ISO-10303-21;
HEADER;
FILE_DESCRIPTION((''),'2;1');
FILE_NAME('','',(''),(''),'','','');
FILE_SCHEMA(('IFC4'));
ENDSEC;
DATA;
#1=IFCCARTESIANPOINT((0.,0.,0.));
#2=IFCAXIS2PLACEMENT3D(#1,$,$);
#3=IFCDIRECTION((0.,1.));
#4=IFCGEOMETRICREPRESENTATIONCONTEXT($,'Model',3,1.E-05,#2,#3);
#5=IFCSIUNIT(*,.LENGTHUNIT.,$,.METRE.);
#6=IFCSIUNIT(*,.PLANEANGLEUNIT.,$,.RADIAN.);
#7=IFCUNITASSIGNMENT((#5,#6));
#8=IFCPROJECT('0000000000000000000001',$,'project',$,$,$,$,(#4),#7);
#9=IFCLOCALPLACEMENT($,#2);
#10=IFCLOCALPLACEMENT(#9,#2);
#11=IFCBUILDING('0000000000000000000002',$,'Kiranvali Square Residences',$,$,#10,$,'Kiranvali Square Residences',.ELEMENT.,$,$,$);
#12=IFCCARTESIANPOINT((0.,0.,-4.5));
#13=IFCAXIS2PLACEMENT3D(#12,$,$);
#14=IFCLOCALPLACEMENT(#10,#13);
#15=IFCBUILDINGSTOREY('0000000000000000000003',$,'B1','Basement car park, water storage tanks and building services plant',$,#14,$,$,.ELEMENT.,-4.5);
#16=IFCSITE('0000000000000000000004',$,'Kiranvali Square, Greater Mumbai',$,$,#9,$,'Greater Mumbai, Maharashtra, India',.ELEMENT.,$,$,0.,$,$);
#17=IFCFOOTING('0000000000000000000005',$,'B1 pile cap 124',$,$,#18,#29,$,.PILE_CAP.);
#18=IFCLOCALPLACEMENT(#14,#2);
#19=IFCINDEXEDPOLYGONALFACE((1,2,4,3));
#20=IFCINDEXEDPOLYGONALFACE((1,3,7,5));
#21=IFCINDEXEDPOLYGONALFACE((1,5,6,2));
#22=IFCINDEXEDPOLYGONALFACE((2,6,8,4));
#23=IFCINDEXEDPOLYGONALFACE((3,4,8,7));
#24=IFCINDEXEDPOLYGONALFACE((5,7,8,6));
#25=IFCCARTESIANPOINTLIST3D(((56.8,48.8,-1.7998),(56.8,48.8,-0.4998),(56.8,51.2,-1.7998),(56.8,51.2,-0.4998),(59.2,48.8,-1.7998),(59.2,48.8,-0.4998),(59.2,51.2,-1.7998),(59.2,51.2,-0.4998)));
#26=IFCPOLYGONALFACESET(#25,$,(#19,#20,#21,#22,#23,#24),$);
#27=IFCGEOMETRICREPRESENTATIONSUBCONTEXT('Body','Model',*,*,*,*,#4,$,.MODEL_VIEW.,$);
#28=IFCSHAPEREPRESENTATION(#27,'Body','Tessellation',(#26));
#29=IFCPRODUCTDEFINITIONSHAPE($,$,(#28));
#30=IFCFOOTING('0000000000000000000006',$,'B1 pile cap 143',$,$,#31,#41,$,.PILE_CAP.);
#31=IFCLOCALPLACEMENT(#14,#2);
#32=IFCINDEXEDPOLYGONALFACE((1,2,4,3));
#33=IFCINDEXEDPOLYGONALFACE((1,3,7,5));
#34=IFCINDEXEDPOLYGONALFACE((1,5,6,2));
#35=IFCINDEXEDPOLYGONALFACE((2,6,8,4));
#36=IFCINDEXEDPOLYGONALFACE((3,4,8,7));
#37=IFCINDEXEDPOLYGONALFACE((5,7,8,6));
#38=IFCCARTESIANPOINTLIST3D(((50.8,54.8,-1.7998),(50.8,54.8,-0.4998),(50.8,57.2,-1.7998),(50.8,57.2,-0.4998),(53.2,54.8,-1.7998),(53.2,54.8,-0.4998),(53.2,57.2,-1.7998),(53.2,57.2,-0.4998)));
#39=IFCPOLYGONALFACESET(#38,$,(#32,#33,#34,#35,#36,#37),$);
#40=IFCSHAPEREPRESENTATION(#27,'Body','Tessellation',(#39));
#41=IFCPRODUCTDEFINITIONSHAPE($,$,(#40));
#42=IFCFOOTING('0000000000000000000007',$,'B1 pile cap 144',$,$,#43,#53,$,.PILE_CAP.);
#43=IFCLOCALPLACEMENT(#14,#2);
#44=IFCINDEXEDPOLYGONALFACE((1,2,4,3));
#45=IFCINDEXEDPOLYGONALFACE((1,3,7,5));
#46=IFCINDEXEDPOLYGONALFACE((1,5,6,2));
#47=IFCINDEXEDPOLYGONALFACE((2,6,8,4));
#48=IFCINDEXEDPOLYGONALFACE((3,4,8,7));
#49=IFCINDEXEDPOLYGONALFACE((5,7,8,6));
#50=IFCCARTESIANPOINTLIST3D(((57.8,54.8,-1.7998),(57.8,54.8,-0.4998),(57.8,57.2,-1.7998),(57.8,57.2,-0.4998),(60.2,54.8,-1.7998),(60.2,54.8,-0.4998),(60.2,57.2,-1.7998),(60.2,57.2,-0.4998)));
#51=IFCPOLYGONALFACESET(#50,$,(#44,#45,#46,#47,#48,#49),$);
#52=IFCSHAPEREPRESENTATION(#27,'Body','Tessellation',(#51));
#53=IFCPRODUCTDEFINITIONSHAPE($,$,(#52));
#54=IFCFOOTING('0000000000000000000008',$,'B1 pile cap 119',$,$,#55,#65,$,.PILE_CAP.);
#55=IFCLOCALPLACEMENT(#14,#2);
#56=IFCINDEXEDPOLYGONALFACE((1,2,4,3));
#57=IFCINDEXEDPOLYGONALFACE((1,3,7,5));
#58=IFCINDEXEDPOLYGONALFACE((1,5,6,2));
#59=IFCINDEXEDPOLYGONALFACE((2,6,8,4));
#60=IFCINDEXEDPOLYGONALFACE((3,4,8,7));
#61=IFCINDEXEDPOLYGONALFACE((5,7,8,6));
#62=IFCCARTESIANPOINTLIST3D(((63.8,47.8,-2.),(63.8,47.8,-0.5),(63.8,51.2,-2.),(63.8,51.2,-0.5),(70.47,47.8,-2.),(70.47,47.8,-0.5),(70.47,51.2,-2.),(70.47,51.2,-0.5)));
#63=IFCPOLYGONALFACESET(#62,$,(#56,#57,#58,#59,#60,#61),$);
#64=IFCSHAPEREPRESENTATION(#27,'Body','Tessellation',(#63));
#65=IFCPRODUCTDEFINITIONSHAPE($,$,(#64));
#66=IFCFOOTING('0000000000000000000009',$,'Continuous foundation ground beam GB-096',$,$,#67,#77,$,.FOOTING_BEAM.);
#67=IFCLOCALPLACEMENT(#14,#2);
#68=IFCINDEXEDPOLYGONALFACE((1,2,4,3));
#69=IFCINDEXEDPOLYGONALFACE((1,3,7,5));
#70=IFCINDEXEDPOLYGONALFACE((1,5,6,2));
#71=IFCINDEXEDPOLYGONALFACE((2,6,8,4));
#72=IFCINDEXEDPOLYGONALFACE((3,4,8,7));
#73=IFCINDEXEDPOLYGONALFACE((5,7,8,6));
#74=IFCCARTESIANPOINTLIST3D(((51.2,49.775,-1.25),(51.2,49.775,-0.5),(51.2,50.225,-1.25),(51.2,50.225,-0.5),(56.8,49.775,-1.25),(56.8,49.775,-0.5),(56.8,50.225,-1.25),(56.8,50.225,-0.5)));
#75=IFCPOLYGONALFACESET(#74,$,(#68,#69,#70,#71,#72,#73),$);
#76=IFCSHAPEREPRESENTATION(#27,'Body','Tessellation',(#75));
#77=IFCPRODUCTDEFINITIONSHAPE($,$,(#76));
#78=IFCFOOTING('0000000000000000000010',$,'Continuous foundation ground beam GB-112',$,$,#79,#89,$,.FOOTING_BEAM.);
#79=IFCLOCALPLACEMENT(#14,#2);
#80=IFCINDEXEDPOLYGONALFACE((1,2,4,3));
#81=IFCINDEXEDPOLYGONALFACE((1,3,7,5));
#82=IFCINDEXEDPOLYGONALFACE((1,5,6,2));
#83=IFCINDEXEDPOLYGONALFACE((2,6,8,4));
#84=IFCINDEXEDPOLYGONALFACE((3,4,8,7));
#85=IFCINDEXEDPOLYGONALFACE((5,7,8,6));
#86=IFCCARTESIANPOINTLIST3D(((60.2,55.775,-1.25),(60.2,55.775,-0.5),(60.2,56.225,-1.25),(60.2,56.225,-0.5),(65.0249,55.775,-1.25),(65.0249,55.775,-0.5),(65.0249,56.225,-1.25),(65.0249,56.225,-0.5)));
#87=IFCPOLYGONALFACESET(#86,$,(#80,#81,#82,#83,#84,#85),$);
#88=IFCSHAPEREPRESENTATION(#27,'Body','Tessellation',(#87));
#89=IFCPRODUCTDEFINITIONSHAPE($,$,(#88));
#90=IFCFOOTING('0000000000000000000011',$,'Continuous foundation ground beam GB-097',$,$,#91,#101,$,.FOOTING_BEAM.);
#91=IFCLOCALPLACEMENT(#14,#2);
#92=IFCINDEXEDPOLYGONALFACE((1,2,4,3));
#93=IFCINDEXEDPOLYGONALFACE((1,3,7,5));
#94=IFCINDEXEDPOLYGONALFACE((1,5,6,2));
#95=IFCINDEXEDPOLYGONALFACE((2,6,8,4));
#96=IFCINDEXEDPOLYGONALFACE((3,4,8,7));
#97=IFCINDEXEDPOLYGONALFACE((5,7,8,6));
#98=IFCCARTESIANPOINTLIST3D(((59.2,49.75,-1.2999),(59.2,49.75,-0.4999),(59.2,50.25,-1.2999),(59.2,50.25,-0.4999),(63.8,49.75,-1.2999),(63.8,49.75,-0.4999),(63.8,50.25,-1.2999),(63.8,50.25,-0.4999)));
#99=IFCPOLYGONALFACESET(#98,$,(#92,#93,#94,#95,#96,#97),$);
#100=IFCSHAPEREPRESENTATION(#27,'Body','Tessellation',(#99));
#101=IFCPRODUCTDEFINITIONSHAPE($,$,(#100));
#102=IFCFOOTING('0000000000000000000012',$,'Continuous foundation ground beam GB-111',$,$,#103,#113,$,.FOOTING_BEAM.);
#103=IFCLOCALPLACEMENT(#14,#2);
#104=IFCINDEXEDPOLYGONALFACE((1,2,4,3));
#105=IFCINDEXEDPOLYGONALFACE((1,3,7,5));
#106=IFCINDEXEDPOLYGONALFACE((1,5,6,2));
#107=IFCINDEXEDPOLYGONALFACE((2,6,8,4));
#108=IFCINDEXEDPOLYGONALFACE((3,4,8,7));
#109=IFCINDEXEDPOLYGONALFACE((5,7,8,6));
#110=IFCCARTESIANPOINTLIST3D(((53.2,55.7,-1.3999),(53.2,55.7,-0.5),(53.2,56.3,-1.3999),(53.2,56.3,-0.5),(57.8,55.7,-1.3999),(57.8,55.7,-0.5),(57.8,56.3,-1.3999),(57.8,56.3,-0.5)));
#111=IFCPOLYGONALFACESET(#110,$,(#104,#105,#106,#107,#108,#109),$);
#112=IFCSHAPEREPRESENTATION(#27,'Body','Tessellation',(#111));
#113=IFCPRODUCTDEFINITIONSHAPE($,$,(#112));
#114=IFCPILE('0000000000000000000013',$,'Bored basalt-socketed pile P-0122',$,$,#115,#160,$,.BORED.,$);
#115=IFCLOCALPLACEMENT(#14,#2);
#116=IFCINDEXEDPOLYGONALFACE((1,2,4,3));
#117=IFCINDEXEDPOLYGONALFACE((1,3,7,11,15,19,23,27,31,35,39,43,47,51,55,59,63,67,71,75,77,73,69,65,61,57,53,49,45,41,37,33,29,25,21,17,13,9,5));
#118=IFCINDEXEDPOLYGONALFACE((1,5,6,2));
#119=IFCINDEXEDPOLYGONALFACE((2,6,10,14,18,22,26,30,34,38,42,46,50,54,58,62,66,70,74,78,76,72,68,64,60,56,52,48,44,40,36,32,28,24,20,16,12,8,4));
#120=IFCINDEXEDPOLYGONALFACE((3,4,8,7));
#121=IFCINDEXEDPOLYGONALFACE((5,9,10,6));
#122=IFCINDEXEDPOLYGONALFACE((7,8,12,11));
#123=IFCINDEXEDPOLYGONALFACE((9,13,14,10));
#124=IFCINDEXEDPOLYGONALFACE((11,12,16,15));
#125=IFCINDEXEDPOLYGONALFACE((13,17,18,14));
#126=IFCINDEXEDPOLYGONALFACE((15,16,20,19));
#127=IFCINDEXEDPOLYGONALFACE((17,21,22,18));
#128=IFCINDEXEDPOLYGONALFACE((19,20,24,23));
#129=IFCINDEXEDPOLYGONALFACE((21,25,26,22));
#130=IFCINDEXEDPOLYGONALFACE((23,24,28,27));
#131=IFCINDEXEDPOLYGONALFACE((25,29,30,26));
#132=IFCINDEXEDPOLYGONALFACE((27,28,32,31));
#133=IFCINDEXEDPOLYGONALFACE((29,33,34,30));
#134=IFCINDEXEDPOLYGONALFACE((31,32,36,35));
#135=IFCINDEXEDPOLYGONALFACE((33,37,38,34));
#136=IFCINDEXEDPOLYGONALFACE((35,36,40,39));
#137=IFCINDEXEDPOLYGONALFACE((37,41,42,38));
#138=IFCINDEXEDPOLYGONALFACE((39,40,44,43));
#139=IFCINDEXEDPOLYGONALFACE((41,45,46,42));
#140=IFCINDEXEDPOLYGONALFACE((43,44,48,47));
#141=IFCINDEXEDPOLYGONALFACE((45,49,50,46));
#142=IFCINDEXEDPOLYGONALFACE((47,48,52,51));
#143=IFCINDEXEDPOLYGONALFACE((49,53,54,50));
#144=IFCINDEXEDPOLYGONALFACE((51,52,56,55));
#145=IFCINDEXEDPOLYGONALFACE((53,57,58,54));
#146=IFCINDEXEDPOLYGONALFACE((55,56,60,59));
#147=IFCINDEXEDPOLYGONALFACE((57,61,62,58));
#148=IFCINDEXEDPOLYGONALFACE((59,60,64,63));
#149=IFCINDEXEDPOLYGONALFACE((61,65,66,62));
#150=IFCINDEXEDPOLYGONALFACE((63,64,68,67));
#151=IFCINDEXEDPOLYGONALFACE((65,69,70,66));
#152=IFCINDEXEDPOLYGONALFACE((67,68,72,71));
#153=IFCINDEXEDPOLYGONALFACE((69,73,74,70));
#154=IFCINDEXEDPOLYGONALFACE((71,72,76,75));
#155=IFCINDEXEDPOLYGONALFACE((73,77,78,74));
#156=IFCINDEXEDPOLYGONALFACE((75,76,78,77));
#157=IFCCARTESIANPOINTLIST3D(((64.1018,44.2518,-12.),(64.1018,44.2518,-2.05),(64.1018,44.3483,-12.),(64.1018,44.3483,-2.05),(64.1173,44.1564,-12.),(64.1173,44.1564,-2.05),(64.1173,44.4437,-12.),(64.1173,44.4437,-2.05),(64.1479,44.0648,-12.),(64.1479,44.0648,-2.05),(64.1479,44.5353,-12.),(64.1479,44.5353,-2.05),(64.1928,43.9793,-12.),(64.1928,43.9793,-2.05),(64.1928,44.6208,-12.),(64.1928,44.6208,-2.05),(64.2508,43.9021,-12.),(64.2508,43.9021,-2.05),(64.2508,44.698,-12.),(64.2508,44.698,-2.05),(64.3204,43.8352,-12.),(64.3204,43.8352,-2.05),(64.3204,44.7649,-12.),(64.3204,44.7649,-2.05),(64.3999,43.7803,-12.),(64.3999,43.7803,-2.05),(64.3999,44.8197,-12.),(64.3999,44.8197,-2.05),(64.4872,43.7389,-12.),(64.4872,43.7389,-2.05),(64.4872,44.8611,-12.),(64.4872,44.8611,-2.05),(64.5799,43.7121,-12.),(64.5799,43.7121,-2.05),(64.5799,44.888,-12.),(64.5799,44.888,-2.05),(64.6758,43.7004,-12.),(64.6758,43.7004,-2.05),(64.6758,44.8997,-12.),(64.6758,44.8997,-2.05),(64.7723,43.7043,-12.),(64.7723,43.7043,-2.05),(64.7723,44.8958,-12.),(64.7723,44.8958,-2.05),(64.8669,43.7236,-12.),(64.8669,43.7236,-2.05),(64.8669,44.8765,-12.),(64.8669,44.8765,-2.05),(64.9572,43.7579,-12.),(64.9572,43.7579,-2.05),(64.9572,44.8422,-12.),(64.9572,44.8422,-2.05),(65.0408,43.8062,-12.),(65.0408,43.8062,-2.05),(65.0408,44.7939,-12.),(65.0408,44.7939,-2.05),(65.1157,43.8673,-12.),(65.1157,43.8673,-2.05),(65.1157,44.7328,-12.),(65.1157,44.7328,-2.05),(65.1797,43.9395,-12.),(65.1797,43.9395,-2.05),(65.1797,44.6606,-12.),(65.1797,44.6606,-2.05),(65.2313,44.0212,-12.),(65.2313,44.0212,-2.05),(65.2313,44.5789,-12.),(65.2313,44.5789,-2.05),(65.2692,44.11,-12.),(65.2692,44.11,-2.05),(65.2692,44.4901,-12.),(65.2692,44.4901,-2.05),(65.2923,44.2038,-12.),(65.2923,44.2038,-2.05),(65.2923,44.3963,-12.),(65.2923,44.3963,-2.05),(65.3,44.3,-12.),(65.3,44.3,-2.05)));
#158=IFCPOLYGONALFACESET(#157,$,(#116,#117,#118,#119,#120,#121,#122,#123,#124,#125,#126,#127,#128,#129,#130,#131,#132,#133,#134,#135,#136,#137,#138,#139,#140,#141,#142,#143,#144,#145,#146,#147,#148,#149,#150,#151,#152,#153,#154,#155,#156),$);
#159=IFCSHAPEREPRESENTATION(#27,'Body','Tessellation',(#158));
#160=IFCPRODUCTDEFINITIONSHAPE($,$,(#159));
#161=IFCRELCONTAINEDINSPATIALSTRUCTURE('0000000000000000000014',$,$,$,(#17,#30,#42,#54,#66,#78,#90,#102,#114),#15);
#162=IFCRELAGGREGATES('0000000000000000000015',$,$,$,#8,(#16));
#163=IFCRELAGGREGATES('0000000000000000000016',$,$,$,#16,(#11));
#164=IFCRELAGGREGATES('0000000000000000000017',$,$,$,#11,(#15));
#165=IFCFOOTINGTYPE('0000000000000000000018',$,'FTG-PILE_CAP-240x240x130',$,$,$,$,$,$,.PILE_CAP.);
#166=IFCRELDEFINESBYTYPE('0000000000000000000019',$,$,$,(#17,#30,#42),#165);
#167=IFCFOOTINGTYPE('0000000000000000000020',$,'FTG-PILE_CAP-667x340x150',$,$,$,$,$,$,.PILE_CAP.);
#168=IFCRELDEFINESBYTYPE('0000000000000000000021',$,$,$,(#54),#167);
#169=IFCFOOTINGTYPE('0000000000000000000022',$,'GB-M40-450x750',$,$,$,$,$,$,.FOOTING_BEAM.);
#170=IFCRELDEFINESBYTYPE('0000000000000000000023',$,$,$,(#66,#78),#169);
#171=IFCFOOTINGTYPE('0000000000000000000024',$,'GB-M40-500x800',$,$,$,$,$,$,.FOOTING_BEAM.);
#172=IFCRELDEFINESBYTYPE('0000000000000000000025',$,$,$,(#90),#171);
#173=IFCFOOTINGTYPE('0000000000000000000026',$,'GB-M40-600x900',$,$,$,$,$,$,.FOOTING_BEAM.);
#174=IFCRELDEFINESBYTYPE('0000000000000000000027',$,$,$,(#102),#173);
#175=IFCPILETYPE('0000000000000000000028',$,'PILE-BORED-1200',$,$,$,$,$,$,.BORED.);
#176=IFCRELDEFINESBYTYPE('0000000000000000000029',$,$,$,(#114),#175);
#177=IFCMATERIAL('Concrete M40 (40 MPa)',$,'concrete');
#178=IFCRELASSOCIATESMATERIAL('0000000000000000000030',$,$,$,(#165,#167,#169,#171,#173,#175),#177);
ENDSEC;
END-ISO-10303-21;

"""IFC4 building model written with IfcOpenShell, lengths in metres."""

from ifc_helpers import new_model, si_unit, direction, frame, origin, origin_2d, place, context, subcontext, project, spatial, rectangle, circle, extrude, material, material_profile, profile_set, type_object, element, save


model = new_model("IFC4")

# Units and contexts
model_context = context("Model", 3, precision=1e-05, world=origin(), true_north=direction((0.0, 1.0)))
body_context = subcontext(model_context, "Body", "Model", "MODEL_VIEW")
ifc_project = project(units=[si_unit("LENGTHUNIT", "METRE"), si_unit("PLANEANGLEUNIT", "RADIAN")], contexts=[model_context])

# Site, building, storey
site_placement = place(None, origin())
site = spatial("IfcSite", under=ifc_project, at=site_placement, Name="Kiranvali Square, Greater Mumbai", LongName="Greater Mumbai, Maharashtra, India", CompositionType="ELEMENT", RefElevation=0.0)
building_placement = place(site_placement, origin())
building = spatial("IfcBuilding", under=site, at=building_placement, Name="Kiranvali Square Residences", LongName="Kiranvali Square Residences", CompositionType="ELEMENT")
storey_placement = place(building_placement, frame((0.0, 0.0, -4.5)))
storey = spatial("IfcBuildingStorey", under=building, at=storey_placement, Name="B1", Description="Basement car park, water storage tanks and building services plant", CompositionType="ELEMENT", Elevation=-4.5)

# Footings
ifc_material_1 = material(Name="Concrete M40 (40 MPa)", Category="concrete")
footing_type_1 = type_object("IfcFootingType", Name="FTG-PILE_CAP-240x240x130", PredefinedType="PILE_CAP", material=ifc_material_1)
for number, where, z_axis, x_axis, name in (
    (1, (58.0, 50.0, -1.7998), (0.0, 0.0, 1.0), (1.0, 0.0, 0.0), "B1 pile cap 124"),
    (2, (52.0, 56.0, -1.7998), (0.0, 0.0, 1.0), (1.0, 0.0, 0.0), "B1 pile cap 143"),
    (3, (59.0, 56.0, -1.7998), (0.0, 0.0, 1.0), (1.0, 0.0, 0.0), "B1 pile cap 144"),
):
    element("IfcFooting", number, at=place(storey_placement, frame(where, z_axis=z_axis, x_axis=x_axis)), inside=storey, type_object=footing_type_1, Name=name, PredefinedType="PILE_CAP", context=body_context, shape_type="SweptSolid", body=[
        extrude(rectangle(XDim=2.3999, YDim=2.3999, at=origin_2d()), origin(), (0.0, 0.0, 1.0), 1.3),
    ])
footing_type_2 = type_object("IfcFootingType", Name="FTG-PILE_CAP-667x340x150", PredefinedType="PILE_CAP", material=ifc_material_1)
footing_1_placement = place(storey_placement, frame((67.135, 49.5, -2.0), z_axis=(0.0, 0.0, 1.0), x_axis=(1.0, 0.0, 0.0)))
element("IfcFooting", 4, at=footing_1_placement, inside=storey, type_object=footing_type_2, Name="B1 pile cap 119", PredefinedType="PILE_CAP", context=body_context, shape_type="SweptSolid", body=[
    extrude(rectangle(XDim=6.6699, YDim=3.3999, at=origin_2d()), origin(), (0.0, 0.0, 1.0), 1.5),
])
ifc_material_profile_1 = material_profile(ifc_material_1, rectangle(XDim=0.45, YDim=0.75, at=origin_2d()), Name="GB 450x750")
ifc_profile_set_1 = profile_set([ifc_material_profile_1], Name="Concrete M40 (40 MPa)")
footing_type_3 = type_object("IfcFootingType", Name="GB-M40-450x750", PredefinedType="FOOTING_BEAM", material=ifc_profile_set_1)
footing_2_placement = place(storey_placement, frame((51.2, 50.0, -0.875), z_axis=(1.0, 0.0, 0.0), x_axis=(0.0, 1.0, 0.0)))
element("IfcFooting", 5, at=footing_2_placement, inside=storey, type_object=footing_type_3, Name="Continuous foundation ground beam GB-096", PredefinedType="FOOTING_BEAM", context=body_context, shape_type="SweptSolid", body=[
    extrude(rectangle(XDim=0.45, YDim=0.75, at=origin_2d()), origin(), (0.0, 0.0, 1.0), 5.6001),
])
footing_3_placement = place(storey_placement, frame((60.2, 56.0, -0.875), z_axis=(1.0, 0.0, 0.0), x_axis=(0.0, 1.0, 0.0)))
element("IfcFooting", 6, at=footing_3_placement, inside=storey, type_object=footing_type_3, Name="Continuous foundation ground beam GB-112", PredefinedType="FOOTING_BEAM", context=body_context, shape_type="SweptSolid", body=[
    extrude(rectangle(XDim=0.45, YDim=0.75, at=origin_2d()), origin(), (0.0, 0.0, 1.0), 4.825),
])
ifc_material_profile_2 = material_profile(ifc_material_1, rectangle(XDim=0.5, YDim=0.8, at=origin_2d()), Name="GB 500x800")
ifc_profile_set_2 = profile_set([ifc_material_profile_2], Name="Concrete M40 (40 MPa)")
footing_type_4 = type_object("IfcFootingType", Name="GB-M40-500x800", PredefinedType="FOOTING_BEAM", material=ifc_profile_set_2)
footing_4_placement = place(storey_placement, frame((59.2, 50.0, -0.8999), z_axis=(1.0, 0.0, 0.0), x_axis=(0.0, 1.0, 0.0)))
element("IfcFooting", 7, at=footing_4_placement, inside=storey, type_object=footing_type_4, Name="Continuous foundation ground beam GB-097", PredefinedType="FOOTING_BEAM", context=body_context, shape_type="SweptSolid", body=[
    extrude(rectangle(XDim=0.5, YDim=0.8, at=origin_2d()), origin(), (0.0, 0.0, 1.0), 4.6001),
])
ifc_material_profile_3 = material_profile(ifc_material_1, rectangle(XDim=0.6001, YDim=0.8999, at=origin_2d()), Name="GB 600x900")
ifc_profile_set_3 = profile_set([ifc_material_profile_3], Name="Concrete M40 (40 MPa)")
footing_type_5 = type_object("IfcFootingType", Name="GB-M40-600x900", PredefinedType="FOOTING_BEAM", material=ifc_profile_set_3)
footing_5_placement = place(storey_placement, frame((53.2, 56.0, -0.95), z_axis=(1.0, 0.0, 0.0), x_axis=(0.0, 1.0, 0.0)))
element("IfcFooting", 8, at=footing_5_placement, inside=storey, type_object=footing_type_5, Name="Continuous foundation ground beam GB-111", PredefinedType="FOOTING_BEAM", context=body_context, shape_type="SweptSolid", body=[
    extrude(rectangle(XDim=0.6001, YDim=0.8999, at=origin_2d()), origin(), (0.0, 0.0, 1.0), 4.6001),
])

# Pile
ifc_material_profile_4 = material_profile(ifc_material_1, circle(Radius=0.6001, at=origin_2d()), Name="BORED PILE 1200")
ifc_profile_set_4 = profile_set([ifc_material_profile_4], Name="Concrete M40 (40 MPa)")
pile_type = type_object("IfcPileType", Name="PILE-BORED-1200", PredefinedType="BORED", material=ifc_profile_set_4)
pile_1_placement = place(storey_placement, frame((64.7, 44.3, -2.05), z_axis=(0.0, 0.0, -1.0), x_axis=(1.0, 0.0, 0.0)))
element("IfcPile", 9, at=pile_1_placement, inside=storey, type_object=pile_type, Name="Bored basalt-socketed pile P-0122", PredefinedType="BORED", context=body_context, shape_type="SweptSolid", body=[
    extrude(circle(Radius=0.6001, at=origin_2d()), origin(), (0.0, 0.0, 1.0), 9.95),
])

save(model, "model.ifc")
